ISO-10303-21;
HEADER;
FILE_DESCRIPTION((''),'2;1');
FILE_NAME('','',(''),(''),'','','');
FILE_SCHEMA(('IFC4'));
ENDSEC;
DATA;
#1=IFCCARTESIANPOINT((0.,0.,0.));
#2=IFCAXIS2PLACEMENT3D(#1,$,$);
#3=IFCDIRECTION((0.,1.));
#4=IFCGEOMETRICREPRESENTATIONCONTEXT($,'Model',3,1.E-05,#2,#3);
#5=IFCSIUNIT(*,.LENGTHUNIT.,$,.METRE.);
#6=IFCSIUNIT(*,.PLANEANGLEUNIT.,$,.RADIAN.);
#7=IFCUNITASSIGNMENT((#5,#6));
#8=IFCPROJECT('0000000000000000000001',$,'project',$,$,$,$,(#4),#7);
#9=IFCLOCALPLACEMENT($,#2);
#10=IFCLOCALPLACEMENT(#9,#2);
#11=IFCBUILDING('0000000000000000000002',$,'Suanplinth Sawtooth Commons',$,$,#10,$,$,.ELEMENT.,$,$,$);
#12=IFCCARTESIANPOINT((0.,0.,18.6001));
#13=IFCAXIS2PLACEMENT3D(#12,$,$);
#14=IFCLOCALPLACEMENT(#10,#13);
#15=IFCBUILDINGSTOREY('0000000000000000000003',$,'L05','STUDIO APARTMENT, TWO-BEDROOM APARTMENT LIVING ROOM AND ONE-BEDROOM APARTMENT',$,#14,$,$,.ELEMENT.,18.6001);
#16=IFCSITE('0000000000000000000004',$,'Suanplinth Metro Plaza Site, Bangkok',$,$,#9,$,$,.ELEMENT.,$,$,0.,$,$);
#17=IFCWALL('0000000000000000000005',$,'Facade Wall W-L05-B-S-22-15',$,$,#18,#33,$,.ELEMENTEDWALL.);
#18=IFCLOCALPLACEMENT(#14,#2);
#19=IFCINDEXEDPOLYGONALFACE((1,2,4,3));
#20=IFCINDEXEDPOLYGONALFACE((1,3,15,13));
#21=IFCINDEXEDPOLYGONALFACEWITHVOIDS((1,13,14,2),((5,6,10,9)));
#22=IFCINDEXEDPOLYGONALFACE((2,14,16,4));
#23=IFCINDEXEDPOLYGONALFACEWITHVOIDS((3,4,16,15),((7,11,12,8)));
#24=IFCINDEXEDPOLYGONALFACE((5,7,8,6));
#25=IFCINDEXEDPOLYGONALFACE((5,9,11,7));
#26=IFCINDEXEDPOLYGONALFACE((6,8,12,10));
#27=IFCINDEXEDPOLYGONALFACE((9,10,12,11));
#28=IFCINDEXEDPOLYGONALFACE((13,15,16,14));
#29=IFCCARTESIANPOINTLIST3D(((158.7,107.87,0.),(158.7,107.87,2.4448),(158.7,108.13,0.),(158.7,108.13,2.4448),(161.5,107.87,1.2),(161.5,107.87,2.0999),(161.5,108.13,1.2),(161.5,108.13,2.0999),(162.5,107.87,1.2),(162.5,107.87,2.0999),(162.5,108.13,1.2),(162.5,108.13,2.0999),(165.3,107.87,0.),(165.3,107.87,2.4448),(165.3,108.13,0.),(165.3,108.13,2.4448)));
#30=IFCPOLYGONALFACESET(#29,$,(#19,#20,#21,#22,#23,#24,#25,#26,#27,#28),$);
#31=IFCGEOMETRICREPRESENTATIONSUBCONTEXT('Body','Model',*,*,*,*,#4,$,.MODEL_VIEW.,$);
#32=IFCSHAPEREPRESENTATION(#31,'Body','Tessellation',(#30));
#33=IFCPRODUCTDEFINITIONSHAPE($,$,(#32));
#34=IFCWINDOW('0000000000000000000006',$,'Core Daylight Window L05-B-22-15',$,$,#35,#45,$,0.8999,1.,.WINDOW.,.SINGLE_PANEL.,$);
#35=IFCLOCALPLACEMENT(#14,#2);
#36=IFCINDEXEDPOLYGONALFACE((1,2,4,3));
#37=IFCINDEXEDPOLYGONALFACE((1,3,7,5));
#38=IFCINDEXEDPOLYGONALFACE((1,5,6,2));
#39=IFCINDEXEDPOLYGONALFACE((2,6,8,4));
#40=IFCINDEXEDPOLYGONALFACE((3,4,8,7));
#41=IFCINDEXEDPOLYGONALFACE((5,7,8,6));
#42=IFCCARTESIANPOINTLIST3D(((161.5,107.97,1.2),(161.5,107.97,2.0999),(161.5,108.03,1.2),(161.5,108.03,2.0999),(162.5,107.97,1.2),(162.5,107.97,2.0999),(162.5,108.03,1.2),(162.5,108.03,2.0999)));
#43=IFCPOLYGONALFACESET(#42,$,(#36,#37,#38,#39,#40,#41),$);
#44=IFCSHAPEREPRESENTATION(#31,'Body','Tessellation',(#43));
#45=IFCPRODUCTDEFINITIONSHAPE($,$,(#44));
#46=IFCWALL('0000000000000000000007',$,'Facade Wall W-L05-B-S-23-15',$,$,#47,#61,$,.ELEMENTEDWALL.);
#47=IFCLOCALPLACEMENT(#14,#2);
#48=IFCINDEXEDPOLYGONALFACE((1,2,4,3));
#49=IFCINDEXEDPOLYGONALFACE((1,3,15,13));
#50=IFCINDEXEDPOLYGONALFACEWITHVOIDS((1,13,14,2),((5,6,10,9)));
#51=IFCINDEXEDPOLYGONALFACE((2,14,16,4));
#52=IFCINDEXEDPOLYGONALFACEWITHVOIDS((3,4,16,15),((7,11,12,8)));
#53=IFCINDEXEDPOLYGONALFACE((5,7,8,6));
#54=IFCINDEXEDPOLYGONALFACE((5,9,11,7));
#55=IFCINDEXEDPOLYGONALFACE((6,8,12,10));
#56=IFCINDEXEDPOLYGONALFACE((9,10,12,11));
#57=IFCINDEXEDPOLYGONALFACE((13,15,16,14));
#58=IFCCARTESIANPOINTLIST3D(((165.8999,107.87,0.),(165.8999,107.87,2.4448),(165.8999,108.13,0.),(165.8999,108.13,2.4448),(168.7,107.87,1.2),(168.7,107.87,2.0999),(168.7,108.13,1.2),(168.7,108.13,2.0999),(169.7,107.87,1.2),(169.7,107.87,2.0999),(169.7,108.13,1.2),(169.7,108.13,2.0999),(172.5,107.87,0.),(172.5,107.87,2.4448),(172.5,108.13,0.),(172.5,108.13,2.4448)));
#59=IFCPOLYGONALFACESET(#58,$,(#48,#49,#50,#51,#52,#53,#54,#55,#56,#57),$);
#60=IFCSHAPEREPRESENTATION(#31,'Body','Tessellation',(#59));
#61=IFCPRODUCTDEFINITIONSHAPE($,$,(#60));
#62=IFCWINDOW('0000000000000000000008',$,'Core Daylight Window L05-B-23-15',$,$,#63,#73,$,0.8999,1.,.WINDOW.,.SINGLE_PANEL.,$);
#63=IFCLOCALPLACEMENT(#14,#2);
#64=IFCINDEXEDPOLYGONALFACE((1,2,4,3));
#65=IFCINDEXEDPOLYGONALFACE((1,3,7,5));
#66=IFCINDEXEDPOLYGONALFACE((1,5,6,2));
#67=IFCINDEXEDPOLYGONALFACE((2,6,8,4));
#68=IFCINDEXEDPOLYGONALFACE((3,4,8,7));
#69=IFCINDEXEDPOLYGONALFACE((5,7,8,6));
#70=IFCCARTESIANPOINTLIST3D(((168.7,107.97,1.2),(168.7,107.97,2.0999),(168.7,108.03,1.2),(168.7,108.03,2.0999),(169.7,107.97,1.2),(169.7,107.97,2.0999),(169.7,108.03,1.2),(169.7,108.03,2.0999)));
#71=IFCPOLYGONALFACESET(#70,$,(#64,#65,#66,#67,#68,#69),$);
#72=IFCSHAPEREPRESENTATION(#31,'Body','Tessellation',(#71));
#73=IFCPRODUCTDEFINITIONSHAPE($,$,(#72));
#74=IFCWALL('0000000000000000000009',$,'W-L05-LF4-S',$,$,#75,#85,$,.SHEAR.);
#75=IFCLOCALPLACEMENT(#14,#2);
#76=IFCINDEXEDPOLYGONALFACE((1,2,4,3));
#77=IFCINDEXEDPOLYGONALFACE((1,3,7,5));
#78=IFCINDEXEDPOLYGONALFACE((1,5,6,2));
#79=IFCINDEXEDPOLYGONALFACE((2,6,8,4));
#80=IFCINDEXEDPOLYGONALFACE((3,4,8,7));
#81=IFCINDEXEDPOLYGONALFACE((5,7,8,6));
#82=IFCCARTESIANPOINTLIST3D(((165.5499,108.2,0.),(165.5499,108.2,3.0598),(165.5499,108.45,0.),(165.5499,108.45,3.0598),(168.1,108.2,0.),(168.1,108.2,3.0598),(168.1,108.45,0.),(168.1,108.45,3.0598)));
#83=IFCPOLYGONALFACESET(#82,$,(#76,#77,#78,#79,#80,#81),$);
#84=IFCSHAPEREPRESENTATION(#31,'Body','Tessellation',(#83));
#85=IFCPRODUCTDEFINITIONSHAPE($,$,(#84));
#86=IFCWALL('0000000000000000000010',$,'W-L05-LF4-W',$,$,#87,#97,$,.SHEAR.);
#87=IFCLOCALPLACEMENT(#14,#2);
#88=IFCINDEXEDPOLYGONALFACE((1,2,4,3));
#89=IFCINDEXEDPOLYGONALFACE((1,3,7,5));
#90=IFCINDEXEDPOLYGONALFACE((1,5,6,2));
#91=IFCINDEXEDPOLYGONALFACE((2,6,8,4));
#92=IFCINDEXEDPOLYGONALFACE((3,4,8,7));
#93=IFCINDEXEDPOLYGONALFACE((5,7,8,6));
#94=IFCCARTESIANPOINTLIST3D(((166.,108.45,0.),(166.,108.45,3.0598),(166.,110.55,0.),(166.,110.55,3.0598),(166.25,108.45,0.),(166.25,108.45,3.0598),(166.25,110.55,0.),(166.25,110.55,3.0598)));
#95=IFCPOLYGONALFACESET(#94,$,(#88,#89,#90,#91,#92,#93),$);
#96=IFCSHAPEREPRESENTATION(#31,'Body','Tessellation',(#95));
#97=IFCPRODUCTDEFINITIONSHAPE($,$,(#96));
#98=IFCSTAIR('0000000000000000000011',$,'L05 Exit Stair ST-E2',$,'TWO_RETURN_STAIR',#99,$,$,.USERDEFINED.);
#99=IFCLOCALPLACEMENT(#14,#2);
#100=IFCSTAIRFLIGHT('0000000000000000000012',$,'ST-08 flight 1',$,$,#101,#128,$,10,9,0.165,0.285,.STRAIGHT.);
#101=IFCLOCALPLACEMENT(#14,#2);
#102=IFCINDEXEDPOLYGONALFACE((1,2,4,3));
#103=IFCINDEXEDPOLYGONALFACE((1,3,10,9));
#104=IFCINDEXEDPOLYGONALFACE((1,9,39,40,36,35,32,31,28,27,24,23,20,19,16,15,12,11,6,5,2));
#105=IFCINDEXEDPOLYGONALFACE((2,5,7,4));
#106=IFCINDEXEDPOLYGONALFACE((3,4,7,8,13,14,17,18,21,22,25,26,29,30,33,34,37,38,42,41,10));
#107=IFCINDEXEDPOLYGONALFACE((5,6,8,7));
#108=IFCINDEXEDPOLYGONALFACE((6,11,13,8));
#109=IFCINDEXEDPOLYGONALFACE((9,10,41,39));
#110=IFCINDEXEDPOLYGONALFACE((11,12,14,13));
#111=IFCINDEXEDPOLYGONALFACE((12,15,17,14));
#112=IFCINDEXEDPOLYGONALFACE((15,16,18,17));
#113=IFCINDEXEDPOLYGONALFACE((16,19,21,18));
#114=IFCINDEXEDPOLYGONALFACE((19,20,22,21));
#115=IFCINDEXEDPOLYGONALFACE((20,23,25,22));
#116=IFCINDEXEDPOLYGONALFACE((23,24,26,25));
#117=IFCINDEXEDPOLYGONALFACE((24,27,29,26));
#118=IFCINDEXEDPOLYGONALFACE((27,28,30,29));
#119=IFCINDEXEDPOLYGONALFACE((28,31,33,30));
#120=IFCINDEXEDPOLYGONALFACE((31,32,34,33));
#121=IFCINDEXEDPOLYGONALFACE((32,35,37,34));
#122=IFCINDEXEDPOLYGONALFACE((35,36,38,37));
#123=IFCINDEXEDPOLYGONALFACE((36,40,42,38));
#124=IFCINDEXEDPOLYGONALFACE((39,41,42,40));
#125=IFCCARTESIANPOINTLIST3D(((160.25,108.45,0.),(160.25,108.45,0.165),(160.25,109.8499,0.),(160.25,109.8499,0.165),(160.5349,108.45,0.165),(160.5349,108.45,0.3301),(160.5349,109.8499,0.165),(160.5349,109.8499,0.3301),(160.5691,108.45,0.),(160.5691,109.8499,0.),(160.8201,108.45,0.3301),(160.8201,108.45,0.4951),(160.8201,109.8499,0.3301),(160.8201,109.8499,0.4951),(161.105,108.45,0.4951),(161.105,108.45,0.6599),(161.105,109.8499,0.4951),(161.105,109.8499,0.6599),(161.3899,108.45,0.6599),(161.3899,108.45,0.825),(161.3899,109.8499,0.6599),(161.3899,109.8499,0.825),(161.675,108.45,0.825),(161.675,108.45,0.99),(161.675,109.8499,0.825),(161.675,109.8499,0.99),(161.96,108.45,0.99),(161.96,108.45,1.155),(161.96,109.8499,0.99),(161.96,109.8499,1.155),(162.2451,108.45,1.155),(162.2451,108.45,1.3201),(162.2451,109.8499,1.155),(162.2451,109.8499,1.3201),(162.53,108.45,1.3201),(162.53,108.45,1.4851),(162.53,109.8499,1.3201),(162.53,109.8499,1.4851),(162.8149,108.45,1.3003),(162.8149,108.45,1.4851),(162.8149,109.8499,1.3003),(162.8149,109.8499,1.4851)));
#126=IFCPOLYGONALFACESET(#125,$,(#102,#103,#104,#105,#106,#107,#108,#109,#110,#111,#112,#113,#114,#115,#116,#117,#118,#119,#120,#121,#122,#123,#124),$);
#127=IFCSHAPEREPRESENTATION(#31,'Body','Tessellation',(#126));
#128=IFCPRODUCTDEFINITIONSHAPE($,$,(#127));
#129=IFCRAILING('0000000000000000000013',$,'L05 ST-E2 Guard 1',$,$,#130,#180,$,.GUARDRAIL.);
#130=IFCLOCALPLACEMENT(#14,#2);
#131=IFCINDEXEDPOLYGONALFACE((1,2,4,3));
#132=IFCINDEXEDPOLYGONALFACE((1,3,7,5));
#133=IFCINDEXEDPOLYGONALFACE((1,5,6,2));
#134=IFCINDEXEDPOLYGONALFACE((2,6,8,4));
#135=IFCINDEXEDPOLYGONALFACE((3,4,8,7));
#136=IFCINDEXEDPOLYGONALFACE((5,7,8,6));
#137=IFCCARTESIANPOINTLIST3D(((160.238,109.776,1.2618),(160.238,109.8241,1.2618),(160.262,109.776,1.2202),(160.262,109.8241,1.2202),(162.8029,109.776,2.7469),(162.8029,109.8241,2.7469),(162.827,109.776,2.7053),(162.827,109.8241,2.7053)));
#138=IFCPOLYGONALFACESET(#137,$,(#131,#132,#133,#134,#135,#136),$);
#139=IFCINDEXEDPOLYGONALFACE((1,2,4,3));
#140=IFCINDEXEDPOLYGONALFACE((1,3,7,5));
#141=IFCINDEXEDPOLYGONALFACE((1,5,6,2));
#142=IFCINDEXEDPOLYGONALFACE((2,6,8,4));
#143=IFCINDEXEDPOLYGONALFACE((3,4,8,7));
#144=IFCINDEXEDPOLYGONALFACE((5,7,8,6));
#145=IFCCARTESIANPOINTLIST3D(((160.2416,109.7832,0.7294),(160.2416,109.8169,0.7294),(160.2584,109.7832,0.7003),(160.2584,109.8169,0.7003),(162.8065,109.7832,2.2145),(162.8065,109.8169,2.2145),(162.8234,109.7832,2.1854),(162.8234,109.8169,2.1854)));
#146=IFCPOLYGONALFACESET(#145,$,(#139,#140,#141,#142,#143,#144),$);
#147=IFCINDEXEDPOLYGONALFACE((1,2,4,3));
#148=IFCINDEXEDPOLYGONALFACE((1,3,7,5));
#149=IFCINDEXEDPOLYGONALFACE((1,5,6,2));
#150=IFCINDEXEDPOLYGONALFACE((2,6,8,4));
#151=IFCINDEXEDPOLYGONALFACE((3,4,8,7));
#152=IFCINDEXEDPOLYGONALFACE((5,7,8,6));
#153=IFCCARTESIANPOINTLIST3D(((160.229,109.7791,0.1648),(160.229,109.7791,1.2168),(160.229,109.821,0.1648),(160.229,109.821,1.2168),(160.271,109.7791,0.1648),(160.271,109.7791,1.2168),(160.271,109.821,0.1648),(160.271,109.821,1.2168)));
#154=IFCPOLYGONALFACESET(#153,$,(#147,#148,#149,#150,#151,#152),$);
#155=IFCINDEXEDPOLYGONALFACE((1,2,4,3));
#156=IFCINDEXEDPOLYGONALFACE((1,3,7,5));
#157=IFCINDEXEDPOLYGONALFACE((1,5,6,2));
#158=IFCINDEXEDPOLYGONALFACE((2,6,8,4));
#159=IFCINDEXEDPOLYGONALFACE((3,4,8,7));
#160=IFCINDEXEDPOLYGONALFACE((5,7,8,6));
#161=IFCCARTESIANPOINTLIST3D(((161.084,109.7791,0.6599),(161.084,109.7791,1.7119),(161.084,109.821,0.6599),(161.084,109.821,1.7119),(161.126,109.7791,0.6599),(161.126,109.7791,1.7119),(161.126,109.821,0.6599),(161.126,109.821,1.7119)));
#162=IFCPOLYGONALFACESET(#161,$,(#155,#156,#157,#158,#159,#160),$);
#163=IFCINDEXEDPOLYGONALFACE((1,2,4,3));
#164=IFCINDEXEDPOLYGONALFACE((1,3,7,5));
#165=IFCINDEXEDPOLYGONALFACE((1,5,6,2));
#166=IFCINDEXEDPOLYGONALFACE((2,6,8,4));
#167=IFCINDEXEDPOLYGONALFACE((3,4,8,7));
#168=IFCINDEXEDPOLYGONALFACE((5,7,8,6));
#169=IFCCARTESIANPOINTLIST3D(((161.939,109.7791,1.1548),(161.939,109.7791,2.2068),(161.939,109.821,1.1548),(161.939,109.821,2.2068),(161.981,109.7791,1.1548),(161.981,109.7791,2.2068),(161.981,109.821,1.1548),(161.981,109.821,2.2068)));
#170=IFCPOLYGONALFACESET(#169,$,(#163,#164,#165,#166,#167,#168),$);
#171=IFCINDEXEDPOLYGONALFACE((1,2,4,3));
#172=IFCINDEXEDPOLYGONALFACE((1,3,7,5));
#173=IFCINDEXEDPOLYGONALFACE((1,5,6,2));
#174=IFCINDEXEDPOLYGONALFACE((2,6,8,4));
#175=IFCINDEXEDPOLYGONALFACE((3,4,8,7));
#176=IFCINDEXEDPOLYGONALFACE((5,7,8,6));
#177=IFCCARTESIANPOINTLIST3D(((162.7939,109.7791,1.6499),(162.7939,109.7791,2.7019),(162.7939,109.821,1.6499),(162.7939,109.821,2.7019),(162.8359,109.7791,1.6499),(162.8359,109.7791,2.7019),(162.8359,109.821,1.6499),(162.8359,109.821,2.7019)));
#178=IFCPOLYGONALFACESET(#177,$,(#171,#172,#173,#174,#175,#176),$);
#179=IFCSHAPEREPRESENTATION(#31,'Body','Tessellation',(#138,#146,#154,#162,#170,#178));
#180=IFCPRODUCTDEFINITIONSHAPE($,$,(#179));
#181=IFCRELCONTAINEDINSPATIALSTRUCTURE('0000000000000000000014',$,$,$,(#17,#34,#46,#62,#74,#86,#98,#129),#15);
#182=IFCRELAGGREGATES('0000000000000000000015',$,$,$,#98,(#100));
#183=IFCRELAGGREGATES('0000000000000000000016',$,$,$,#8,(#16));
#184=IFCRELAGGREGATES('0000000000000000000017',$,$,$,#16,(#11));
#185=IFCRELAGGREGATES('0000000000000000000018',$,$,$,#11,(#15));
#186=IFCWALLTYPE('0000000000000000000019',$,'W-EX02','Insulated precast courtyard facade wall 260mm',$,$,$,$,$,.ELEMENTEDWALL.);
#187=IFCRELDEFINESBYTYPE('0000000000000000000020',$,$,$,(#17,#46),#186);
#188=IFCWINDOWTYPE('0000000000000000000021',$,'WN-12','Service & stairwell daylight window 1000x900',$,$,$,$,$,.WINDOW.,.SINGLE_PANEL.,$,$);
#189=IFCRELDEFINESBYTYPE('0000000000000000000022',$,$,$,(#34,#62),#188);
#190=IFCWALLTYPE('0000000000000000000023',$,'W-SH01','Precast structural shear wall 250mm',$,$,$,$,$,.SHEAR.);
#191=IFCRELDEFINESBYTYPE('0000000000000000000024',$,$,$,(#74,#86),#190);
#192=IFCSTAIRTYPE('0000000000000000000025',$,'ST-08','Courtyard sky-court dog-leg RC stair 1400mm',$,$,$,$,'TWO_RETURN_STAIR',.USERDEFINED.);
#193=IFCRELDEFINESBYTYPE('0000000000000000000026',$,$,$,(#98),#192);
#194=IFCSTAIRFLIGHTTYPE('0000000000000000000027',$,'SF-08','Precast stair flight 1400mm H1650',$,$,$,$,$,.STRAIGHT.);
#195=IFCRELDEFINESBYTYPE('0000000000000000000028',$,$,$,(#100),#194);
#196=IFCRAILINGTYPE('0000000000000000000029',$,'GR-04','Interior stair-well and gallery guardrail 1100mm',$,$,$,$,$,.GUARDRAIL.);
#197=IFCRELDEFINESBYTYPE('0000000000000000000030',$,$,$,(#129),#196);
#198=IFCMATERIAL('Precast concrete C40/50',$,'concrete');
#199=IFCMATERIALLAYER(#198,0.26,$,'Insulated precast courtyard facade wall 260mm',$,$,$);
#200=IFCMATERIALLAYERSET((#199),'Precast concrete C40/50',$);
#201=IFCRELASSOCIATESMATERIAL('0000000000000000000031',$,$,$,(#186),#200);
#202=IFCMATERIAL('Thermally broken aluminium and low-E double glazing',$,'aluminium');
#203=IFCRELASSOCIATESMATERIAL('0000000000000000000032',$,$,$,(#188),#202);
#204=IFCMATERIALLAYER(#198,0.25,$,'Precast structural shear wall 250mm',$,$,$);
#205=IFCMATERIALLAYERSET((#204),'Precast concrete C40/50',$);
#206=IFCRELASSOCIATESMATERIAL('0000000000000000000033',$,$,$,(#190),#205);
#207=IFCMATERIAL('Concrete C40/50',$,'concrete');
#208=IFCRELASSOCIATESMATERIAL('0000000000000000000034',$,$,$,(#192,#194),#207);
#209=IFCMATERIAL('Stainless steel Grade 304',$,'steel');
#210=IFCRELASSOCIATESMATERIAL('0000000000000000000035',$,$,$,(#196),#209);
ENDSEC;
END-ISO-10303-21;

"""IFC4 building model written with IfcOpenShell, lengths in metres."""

from ifc_helpers import new_model, si_unit, direction, frame, frame_2d, origin, origin_2d, place, context, subcontext, project, spatial, polyline, rectangle, outline, extrude, material, layer, layer_set, type_object, element, fill, aggregate, save


model = new_model("IFC4")

# Units and contexts
model_context = context("Model", 3, precision=1e-05, world=origin(), true_north=direction((0.0, 1.0)))
body_context = subcontext(model_context, "Body", "Model", "MODEL_VIEW")
ifc_project = project(units=[si_unit("LENGTHUNIT", "METRE"), si_unit("PLANEANGLEUNIT", "RADIAN")], contexts=[model_context])

# Site, building, storey
site_placement = place(None, origin())
site = spatial("IfcSite", under=ifc_project, at=site_placement, Name="Suanplinth Metro Plaza Site, Bangkok", CompositionType="ELEMENT", RefElevation=0.0)
building_placement = place(site_placement, origin())
building = spatial("IfcBuilding", under=site, at=building_placement, Name="Suanplinth Sawtooth Commons", CompositionType="ELEMENT")
storey_placement = place(building_placement, frame((0.0, 0.0, 18.6001)))
storey = spatial("IfcBuildingStorey", under=building, at=storey_placement, Name="L05", Description="STUDIO APARTMENT, TWO-BEDROOM APARTMENT LIVING ROOM AND ONE-BEDROOM APARTMENT", CompositionType="ELEMENT", Elevation=18.6001)

# Shared definitions
ifc_material_1 = material(Name="Precast concrete C40/50", Category="concrete")

# Shared definitions
ifc_material_2 = material(Name="Concrete C40/50", Category="concrete")

# Walls, openings, windows
ifc_layer_1 = layer(ifc_material_1, 0.26, Name="Insulated precast courtyard facade wall 260mm")
ifc_layer_set_1 = layer_set([ifc_layer_1], Name="Precast concrete C40/50")
wall_type_1 = type_object("IfcWallType", Name="W-EX02", Description="Insulated precast courtyard facade wall 260mm", PredefinedType="ELEMENTEDWALL", material=ifc_layer_set_1)
wall_1_placement = place(storey_placement, frame((158.7, 108.0, 0.0), z_axis=(0.0, 0.0, 1.0), x_axis=(1.0, 0.0, 0.0)))
wall_1 = element("IfcWall", 1, at=wall_1_placement, inside=storey, type_object=wall_type_1, Name="Facade Wall W-L05-B-S-22-15", PredefinedType="ELEMENTEDWALL", context=body_context, shape_type="SweptSolid", body=[
    extrude(rectangle(XDim=6.6001, YDim=0.26, at=frame_2d((3.3, 0.0))), origin(), (0.0, 0.0, 1.0), 2.4448),
])
opening_1_placement = place(wall_1_placement, frame((2.8, 0.0, 1.2)))
opening_1 = element("IfcOpeningElement", 2, at=opening_1_placement, cuts=wall_1, PredefinedType="OPENING", context=body_context, shape_type="SweptSolid", body=[
    extrude(rectangle(XDim=1.0, YDim=0.8999, at=frame_2d((0.5, 0.45))), frame((0.0, 0.145, 0.0), z_axis=(0.0, -1.0, 0.0), x_axis=(1.0, 0.0, 0.0)), (0.0, 0.0, 1.0), 0.2898),
])
ifc_material_3 = material(Name="Thermally broken aluminium and low-E double glazing", Category="aluminium")
window_type = type_object("IfcWindowType", Name="WN-12", Description="Service & stairwell daylight window 1000x900", PartitioningType="SINGLE_PANEL", PredefinedType="WINDOW", material=ifc_material_3)
window_1_placement = place(opening_1_placement, origin())
window_1 = element("IfcWindow", 3, at=window_1_placement, inside=storey, type_object=window_type, Name="Core Daylight Window L05-B-22-15", OverallHeight=0.8999, OverallWidth=1.0, PartitioningType="SINGLE_PANEL", PredefinedType="WINDOW", context=body_context, shape_type="SweptSolid", body=[
    extrude(rectangle(XDim=1.0, YDim=0.8999, at=frame_2d((0.5, 0.45))), frame((0.0, 0.03, 0.0), z_axis=(0.0, -1.0, 0.0), x_axis=(1.0, 0.0, 0.0)), (0.0, 0.0, 1.0), 0.0601),
])
fill(opening_1, window_1)
wall_2_placement = place(storey_placement, frame((165.8999, 108.0, 0.0), z_axis=(0.0, 0.0, 1.0), x_axis=(1.0, 0.0, 0.0)))
wall_2 = element("IfcWall", 4, at=wall_2_placement, inside=storey, type_object=wall_type_1, Name="Facade Wall W-L05-B-S-23-15", PredefinedType="ELEMENTEDWALL", context=body_context, shape_type="SweptSolid", body=[
    extrude(rectangle(XDim=6.6001, YDim=0.26, at=frame_2d((3.3, 0.0))), origin(), (0.0, 0.0, 1.0), 2.4448),
])
opening_2_placement = place(wall_2_placement, frame((2.8, 0.0, 1.2)))
opening_2 = element("IfcOpeningElement", 5, at=opening_2_placement, cuts=wall_2, PredefinedType="OPENING", context=body_context, shape_type="SweptSolid", body=[
    extrude(rectangle(XDim=1.0, YDim=0.8999, at=frame_2d((0.5, 0.45))), frame((0.0, 0.145, 0.0), z_axis=(0.0, -1.0, 0.0), x_axis=(1.0, 0.0, 0.0)), (0.0, 0.0, 1.0), 0.2898),
])
window_2_placement = place(opening_2_placement, origin())
window_2 = element("IfcWindow", 6, at=window_2_placement, inside=storey, type_object=window_type, Name="Core Daylight Window L05-B-23-15", OverallHeight=0.8999, OverallWidth=1.0, PartitioningType="SINGLE_PANEL", PredefinedType="WINDOW", context=body_context, shape_type="SweptSolid", body=[
    extrude(rectangle(XDim=1.0, YDim=0.8999, at=frame_2d((0.5, 0.45))), frame((0.0, 0.03, 0.0), z_axis=(0.0, -1.0, 0.0), x_axis=(1.0, 0.0, 0.0)), (0.0, 0.0, 1.0), 0.0601),
])
fill(opening_2, window_2)

# Wall
ifc_layer_2 = layer(ifc_material_1, 0.25, Name="Precast structural shear wall 250mm")
ifc_layer_set_2 = layer_set([ifc_layer_2], Name="Precast concrete C40/50")
wall_type_2 = type_object("IfcWallType", Name="W-SH01", Description="Precast structural shear wall 250mm", PredefinedType="SHEAR", material=ifc_layer_set_2)
wall_3_placement = place(storey_placement, frame((165.55, 108.325, 0.0), z_axis=(0.0, 0.0, 1.0), x_axis=(1.0, 0.0, 0.0)))
element("IfcWall", 7, at=wall_3_placement, inside=storey, type_object=wall_type_2, Name="W-L05-LF4-S", PredefinedType="SHEAR", context=body_context, shape_type="SweptSolid", body=[
    extrude(rectangle(XDim=2.55, YDim=0.25, at=frame_2d((1.2749, 0.0))), origin(), (0.0, 0.0, 1.0), 3.0598),
])

# Shared definitions
ifc_material_4 = material(Name="Stainless steel Grade 304", Category="steel")

# Wall
wall_4_placement = place(storey_placement, frame((166.125, 108.45, 0.0), z_axis=(0.0, 0.0, 1.0), x_axis=(0.0, 1.0, 0.0)))
element("IfcWall", 8, at=wall_4_placement, inside=storey, type_object=wall_type_2, Name="W-L05-LF4-W", PredefinedType="SHEAR", context=body_context, shape_type="SweptSolid", body=[
    extrude(rectangle(XDim=2.1001, YDim=0.25, at=frame_2d((1.05, 0.0))), origin(), (0.0, 0.0, 1.0), 3.0598),
])

# Stair, stair flight
stair_type = type_object("IfcStairType", Name="ST-08", Description="Courtyard sky-court dog-leg RC stair 1400mm", ElementType="TWO_RETURN_STAIR", PredefinedType="USERDEFINED", material=ifc_material_2)
stair_placement = place(storey_placement, origin())
stair = element("IfcStair", 9, at=stair_placement, inside=storey, type_object=stair_type, Name="L05 Exit Stair ST-E2", ObjectType="TWO_RETURN_STAIR", PredefinedType="USERDEFINED")
stair_flight_type = type_object("IfcStairFlightType", Name="SF-08", Description="Precast stair flight 1400mm H1650", PredefinedType="STRAIGHT", material=ifc_material_2)
stair_flight_placement = place(storey_placement, frame((160.25, 109.1499, 0.0), z_axis=(0.0, 0.0, 1.0), x_axis=(1.0, 0.0, 0.0)))
stair_flight = element("IfcStairFlight", 10, at=stair_flight_placement, type_object=stair_flight_type, Name="ST-08 flight 1", NumberOfRisers=10, NumberOfTreads=9, PredefinedType="STRAIGHT", RiserHeight=0.165, TreadLength=0.285, context=body_context, shape_type="SweptSolid", body=[
    extrude(outline(polyline([(0.0, 0.0), (0.0, 0.165), (0.2849, 0.165), (0.2849, 0.3301), (0.5701, 0.3301), (0.5701, 0.4951), (0.855, 0.4951), (0.855, 0.6599), (1.1399, 0.6599), (1.1399, 0.825), (1.425, 0.825), (1.425, 0.99), (1.71, 0.99), (1.71, 1.155), (1.9951, 1.155), (1.9951, 1.3201), (2.28, 1.3201), (2.28, 1.4851), (2.5649, 1.4851), (2.5649, 1.6499), (2.5649, 1.3003), (0.3191, 0.0), (0.0, 0.0)])), frame((0.0, 0.7, 0.0), z_axis=(0.0, -1.0, 0.0), x_axis=(1.0, 0.0, 0.0)), (0.0, 0.0, 1.0), 1.3999),
])
aggregate(stair, [stair_flight])

# Railing
railing_type_1 = type_object("IfcRailingType", Name="GR-04", Description="Interior stair-well and gallery guardrail 1100mm", PredefinedType="GUARDRAIL", material=ifc_material_4)
railing_1_placement = place(storey_placement, frame((160.25, 109.8, 0.1648)))
element("IfcRailing", 11, at=railing_1_placement, inside=storey, type_object=railing_type_1, Name="L05 ST-E2 Guard 1", PredefinedType="GUARDRAIL", context=body_context, shape_type="SweptSolid", body=[
    extrude(rectangle(XDim=0.0481, YDim=0.0481, at=origin_2d()), frame((0.0, 0.0, 1.0762), z_axis=(0.865406, 0.0, 0.501072), x_axis=(0.0, 1.0, 0.0)), (0.0, 0.0, 1.0), 2.9639),
    extrude(rectangle(XDim=0.0337, YDim=0.0337, at=origin_2d()), frame((0.0, 0.0, 0.55), z_axis=(0.865406, 0.0, 0.501072), x_axis=(0.0, 1.0, 0.0)), (0.0, 0.0, 1.0), 2.9639),
    extrude(rectangle(XDim=0.042, YDim=0.042, at=origin_2d()), origin(), (0.0, 0.0, 1.0), 1.052),
    extrude(rectangle(XDim=0.042, YDim=0.042, at=origin_2d()), frame((0.855, 0.0, 0.4951)), (0.0, 0.0, 1.0), 1.052),
    extrude(rectangle(XDim=0.042, YDim=0.042, at=origin_2d()), frame((1.71, 0.0, 0.99)), (0.0, 0.0, 1.0), 1.052),
    extrude(rectangle(XDim=0.042, YDim=0.042, at=origin_2d()), frame((2.5649, 0.0, 1.4851)), (0.0, 0.0, 1.0), 1.052),
])

save(model, "model.ifc")
